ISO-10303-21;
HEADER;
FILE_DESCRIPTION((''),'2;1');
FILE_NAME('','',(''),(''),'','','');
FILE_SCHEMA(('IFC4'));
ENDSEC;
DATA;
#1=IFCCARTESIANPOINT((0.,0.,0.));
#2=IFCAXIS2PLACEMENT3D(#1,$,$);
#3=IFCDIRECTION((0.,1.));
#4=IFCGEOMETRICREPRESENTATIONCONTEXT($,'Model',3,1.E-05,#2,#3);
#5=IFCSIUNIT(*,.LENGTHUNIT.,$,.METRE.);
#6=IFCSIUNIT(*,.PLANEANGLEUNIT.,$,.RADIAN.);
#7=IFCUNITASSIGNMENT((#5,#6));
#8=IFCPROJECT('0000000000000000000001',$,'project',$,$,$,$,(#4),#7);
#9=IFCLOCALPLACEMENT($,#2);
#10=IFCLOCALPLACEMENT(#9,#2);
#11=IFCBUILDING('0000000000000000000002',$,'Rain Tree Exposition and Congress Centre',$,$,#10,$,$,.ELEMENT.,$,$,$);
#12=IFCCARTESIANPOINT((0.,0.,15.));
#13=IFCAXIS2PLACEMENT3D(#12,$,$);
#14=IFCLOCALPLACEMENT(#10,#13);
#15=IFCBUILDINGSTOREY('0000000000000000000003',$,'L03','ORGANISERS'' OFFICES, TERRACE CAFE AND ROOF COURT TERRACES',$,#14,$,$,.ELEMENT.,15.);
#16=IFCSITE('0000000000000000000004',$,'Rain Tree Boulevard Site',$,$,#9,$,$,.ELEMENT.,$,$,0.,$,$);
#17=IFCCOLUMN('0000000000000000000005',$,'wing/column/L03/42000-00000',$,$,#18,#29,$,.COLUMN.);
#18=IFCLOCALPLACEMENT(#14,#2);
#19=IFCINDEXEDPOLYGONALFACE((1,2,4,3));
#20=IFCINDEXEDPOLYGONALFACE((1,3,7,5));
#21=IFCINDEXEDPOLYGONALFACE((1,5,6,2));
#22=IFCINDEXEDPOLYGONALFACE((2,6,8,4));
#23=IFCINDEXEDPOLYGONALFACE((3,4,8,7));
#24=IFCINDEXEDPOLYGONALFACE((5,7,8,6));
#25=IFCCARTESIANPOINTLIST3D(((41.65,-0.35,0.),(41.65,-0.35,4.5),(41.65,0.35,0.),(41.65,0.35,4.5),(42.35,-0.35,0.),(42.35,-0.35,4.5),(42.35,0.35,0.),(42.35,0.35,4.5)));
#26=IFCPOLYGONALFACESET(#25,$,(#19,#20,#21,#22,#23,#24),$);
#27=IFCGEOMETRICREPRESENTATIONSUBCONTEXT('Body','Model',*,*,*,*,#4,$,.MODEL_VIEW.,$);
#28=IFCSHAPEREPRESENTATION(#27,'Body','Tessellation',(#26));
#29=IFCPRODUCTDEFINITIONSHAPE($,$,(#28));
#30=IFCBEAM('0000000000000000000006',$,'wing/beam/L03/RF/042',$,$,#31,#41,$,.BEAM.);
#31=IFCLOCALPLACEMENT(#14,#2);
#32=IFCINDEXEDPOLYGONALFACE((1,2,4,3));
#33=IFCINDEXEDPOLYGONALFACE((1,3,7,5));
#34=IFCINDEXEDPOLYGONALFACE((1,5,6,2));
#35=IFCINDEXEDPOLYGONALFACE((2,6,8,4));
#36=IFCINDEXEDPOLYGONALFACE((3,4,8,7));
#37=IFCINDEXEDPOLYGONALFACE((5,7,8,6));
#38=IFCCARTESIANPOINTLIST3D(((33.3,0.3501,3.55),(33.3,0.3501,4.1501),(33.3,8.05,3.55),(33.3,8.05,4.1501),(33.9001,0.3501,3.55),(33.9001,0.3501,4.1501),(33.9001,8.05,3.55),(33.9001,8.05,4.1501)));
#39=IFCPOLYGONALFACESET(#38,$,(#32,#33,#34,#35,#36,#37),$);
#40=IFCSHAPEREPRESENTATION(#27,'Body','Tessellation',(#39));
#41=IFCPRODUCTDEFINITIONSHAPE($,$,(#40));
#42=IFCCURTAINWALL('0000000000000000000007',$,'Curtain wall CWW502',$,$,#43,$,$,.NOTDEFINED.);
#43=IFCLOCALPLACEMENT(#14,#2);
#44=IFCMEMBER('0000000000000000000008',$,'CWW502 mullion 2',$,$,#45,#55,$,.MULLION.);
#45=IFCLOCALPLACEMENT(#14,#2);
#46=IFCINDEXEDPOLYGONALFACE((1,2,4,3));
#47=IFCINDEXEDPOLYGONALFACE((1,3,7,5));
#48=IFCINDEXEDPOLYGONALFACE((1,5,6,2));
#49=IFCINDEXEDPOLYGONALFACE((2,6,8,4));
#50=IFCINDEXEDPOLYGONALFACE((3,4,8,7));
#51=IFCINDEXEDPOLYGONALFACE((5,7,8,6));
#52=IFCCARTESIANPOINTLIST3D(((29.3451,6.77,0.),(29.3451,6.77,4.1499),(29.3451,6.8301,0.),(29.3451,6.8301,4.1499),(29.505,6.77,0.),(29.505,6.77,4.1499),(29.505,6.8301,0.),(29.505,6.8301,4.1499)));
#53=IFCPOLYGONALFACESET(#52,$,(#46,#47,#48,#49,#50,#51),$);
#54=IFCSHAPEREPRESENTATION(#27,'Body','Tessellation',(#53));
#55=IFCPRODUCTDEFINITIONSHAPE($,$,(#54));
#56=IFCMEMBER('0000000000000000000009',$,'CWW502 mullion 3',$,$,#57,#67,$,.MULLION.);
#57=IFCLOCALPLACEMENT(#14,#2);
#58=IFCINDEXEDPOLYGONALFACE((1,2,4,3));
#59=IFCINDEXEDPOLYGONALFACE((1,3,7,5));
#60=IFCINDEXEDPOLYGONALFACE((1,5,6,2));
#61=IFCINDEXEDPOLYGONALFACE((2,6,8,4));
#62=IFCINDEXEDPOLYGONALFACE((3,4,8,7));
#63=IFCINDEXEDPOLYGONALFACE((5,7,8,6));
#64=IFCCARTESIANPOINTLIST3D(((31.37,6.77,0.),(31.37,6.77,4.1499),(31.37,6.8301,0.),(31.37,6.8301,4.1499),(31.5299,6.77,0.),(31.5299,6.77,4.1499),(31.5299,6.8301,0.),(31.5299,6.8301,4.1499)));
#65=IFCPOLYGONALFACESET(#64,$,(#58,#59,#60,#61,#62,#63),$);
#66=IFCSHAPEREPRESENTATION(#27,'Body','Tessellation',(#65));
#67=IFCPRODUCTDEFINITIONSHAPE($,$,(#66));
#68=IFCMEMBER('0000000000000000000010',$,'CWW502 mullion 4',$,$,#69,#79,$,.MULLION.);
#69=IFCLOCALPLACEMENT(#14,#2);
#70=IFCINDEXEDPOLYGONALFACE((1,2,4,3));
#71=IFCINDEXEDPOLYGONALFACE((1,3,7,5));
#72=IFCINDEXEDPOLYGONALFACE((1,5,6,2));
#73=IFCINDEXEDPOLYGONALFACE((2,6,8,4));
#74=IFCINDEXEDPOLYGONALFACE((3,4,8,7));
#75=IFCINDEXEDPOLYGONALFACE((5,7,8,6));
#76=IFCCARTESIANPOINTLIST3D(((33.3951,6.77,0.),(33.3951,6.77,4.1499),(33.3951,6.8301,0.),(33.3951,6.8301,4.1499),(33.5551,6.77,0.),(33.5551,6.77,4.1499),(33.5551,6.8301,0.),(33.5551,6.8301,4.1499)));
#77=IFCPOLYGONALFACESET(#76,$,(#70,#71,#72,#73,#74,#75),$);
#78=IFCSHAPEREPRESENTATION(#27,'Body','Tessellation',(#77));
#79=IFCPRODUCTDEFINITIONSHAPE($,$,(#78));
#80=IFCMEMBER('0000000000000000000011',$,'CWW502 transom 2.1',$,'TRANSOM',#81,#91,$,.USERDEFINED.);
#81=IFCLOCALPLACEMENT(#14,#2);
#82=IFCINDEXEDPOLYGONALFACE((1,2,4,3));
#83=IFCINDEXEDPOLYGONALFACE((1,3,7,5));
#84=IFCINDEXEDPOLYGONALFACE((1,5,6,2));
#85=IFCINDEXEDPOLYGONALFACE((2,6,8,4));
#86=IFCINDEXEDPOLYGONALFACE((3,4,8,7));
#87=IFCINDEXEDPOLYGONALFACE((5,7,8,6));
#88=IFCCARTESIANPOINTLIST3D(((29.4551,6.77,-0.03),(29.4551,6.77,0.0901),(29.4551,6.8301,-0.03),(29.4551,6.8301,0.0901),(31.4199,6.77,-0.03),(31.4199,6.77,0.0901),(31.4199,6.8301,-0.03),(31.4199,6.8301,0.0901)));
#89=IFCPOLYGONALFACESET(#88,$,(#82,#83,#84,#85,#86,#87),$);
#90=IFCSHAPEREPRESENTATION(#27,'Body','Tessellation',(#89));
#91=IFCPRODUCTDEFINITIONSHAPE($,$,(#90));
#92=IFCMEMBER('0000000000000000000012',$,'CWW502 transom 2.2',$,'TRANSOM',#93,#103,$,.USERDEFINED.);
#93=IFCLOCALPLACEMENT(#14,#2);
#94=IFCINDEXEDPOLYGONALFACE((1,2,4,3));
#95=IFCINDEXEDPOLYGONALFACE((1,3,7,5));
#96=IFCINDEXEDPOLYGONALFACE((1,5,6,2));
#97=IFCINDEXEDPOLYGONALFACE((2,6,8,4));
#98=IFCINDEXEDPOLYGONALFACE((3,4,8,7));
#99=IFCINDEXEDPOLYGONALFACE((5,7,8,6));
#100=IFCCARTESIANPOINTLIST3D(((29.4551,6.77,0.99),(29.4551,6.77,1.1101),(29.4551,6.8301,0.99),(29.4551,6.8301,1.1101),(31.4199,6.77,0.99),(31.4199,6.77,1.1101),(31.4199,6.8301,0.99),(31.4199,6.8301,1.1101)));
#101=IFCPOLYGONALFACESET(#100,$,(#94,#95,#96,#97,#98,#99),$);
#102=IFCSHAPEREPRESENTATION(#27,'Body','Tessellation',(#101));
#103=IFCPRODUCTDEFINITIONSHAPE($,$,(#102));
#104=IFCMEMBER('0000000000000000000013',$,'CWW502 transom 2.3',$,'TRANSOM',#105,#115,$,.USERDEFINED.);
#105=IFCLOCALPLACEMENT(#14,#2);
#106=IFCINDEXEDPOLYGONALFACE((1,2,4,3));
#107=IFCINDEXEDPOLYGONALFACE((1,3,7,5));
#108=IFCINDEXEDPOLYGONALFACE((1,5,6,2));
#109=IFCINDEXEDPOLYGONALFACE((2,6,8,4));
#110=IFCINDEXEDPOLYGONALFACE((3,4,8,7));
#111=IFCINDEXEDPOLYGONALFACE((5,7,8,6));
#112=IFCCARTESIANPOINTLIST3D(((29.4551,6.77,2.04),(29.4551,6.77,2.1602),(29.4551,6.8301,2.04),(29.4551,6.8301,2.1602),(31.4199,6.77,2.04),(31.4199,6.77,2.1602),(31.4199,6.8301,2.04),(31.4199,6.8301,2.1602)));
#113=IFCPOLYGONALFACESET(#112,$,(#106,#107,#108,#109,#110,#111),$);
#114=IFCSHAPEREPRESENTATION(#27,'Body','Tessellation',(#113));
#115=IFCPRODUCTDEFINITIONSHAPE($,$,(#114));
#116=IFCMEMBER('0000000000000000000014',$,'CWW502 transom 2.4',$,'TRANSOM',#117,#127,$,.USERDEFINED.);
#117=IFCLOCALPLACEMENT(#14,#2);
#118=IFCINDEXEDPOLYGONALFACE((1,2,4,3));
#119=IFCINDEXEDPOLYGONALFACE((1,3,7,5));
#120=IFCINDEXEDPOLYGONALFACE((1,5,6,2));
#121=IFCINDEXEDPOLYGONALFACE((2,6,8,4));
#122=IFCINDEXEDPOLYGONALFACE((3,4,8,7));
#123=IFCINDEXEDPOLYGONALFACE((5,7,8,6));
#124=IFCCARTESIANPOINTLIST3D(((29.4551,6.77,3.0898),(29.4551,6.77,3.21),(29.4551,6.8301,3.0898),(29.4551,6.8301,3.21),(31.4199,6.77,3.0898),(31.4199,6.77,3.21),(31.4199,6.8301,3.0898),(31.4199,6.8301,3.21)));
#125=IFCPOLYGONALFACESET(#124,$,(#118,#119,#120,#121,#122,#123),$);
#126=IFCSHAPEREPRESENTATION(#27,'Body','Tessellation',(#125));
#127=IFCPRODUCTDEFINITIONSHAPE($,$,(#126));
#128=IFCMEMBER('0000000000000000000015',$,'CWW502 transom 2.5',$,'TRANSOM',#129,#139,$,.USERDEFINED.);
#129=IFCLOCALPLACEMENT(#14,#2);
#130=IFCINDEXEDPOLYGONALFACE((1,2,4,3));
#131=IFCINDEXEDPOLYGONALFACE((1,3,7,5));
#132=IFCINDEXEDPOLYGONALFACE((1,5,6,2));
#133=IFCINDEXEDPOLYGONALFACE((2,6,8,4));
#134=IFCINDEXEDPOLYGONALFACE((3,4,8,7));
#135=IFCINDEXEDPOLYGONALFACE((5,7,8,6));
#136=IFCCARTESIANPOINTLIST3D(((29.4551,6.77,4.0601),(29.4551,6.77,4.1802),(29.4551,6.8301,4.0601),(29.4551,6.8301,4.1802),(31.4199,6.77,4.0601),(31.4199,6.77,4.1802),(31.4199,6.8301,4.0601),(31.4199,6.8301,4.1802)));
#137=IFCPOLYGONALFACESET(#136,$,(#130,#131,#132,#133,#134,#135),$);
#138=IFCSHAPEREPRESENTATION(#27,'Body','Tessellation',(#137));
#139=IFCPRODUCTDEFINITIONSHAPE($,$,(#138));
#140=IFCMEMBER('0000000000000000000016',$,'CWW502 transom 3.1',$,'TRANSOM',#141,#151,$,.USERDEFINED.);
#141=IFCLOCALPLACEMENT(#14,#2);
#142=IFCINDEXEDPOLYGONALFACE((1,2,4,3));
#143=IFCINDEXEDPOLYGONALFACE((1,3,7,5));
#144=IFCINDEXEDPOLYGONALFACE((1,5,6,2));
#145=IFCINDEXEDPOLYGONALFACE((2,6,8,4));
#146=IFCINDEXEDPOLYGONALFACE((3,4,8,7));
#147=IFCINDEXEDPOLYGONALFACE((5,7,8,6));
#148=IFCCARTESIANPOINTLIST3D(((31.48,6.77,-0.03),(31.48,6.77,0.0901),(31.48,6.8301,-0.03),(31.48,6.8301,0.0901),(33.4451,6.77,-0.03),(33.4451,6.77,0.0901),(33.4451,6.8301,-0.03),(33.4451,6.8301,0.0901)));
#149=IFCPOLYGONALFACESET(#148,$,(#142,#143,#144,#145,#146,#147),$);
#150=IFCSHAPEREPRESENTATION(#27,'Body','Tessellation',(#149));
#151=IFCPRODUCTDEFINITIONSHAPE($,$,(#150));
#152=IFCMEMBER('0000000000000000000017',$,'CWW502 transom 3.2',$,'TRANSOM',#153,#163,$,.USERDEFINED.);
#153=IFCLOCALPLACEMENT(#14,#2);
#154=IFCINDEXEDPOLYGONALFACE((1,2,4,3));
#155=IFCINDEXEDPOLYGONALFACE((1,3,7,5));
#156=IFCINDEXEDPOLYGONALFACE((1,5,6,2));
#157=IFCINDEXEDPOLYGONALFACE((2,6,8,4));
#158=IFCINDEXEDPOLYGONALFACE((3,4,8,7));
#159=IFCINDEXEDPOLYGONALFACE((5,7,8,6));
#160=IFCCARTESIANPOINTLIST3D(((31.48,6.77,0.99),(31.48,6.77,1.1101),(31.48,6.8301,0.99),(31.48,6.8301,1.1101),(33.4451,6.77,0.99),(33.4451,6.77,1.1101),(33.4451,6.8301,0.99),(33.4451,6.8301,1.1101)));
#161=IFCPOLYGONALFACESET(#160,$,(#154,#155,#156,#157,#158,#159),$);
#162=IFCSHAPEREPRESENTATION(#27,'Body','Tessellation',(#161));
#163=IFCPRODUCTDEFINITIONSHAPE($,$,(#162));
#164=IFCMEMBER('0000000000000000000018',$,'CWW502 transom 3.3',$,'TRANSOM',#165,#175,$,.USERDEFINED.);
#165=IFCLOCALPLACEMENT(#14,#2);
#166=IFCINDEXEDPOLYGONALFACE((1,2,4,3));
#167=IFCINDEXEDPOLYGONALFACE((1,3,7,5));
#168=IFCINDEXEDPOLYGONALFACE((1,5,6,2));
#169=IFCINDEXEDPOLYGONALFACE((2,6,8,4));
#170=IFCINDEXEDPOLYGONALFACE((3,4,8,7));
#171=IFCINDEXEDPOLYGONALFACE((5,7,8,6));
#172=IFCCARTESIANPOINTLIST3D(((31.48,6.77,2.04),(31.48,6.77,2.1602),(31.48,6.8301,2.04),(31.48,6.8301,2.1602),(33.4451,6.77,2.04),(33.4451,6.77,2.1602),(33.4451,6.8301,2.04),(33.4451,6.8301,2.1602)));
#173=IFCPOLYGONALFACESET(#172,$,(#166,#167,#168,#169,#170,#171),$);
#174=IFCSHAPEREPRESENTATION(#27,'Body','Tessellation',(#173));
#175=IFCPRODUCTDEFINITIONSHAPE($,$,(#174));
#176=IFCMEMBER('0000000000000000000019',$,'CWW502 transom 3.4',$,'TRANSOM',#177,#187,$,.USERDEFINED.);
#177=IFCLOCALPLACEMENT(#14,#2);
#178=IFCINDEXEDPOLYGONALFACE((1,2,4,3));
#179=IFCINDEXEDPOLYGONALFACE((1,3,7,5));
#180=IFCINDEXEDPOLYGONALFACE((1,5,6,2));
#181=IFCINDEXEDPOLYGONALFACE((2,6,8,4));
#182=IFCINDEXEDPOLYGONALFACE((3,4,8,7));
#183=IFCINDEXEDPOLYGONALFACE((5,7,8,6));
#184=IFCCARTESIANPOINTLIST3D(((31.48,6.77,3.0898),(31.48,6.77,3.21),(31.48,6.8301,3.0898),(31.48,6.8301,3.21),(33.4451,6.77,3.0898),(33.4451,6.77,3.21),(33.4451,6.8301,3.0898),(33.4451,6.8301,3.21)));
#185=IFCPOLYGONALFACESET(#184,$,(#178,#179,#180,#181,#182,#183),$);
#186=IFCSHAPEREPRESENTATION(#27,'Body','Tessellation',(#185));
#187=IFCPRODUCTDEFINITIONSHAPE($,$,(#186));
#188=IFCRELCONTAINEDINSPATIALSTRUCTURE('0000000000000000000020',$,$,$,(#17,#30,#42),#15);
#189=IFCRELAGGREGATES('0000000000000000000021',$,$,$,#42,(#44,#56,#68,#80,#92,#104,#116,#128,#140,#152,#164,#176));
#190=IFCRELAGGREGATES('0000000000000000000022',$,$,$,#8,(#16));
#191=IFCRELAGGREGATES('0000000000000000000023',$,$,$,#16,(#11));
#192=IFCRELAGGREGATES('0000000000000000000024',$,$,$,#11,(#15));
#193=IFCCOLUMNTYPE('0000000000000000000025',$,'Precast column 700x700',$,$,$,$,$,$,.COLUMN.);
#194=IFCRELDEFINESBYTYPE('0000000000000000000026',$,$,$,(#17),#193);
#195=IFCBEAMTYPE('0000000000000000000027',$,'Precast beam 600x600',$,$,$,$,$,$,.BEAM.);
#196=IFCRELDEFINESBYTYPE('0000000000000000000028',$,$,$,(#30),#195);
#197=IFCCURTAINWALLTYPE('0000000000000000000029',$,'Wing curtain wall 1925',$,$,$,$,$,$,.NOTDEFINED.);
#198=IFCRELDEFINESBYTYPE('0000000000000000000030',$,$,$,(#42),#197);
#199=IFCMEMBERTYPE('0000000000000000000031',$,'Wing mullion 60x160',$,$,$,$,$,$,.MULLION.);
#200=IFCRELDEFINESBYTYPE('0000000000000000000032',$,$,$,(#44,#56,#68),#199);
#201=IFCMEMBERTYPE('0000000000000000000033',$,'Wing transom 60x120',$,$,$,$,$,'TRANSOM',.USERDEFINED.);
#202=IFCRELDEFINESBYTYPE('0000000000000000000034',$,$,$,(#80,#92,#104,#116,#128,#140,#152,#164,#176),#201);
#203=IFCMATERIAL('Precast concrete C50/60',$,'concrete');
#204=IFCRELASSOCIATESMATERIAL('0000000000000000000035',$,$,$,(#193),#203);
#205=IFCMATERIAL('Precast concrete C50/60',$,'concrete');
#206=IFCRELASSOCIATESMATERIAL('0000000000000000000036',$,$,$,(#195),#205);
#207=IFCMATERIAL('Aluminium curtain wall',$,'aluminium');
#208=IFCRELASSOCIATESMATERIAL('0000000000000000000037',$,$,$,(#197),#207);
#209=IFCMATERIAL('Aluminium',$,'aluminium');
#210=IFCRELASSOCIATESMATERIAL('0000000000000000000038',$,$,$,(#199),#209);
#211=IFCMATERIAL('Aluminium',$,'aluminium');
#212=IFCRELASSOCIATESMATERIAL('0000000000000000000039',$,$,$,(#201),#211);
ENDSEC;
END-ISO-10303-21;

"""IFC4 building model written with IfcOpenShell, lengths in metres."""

from ifc_helpers import new_model, si_unit, direction, frame, origin, origin_2d, place, context, subcontext, project, spatial, rectangle, extrude, material, material_profile, profile_set, type_object, element, aggregate, save


model = new_model("IFC4")

# Units and contexts
model_context = context("Model", 3, precision=1e-05, world=origin(), true_north=direction((0.0, 1.0)))
body_context = subcontext(model_context, "Body", "Model", "MODEL_VIEW")
ifc_project = project(units=[si_unit("LENGTHUNIT", "METRE"), si_unit("PLANEANGLEUNIT", "RADIAN")], contexts=[model_context])

# Site, building, storey
site_placement = place(None, origin())
site = spatial("IfcSite", under=ifc_project, at=site_placement, Name="Rain Tree Boulevard Site", CompositionType="ELEMENT", RefElevation=0.0)
building_placement = place(site_placement, origin())
building = spatial("IfcBuilding", under=site, at=building_placement, Name="Rain Tree Exposition and Congress Centre", CompositionType="ELEMENT")
storey_placement = place(building_placement, frame((0.0, 0.0, 15.0)))
storey = spatial("IfcBuildingStorey", under=building, at=storey_placement, Name="L03", Description="ORGANISERS' OFFICES, TERRACE CAFE AND ROOF COURT TERRACES", CompositionType="ELEMENT", Elevation=15.0)

# Column
ifc_material_1 = material(Name="Precast concrete C50/60", Category="concrete")
ifc_material_profile_1 = material_profile(ifc_material_1, rectangle(XDim=0.7, YDim=0.7, at=origin_2d()), Name="RC 700x700")
ifc_profile_set_1 = profile_set([ifc_material_profile_1], Name="Precast concrete C50/60")
column_type = type_object("IfcColumnType", Name="Precast column 700x700", PredefinedType="COLUMN", material=ifc_profile_set_1)
column_placement = place(storey_placement, frame((42.0, 0.0, 0.0), z_axis=(0.0, 0.0, 1.0), x_axis=(1.0, 0.0, 0.0)))
element("IfcColumn", 1, at=column_placement, inside=storey, type_object=column_type, Name="wing/column/L03/42000-00000", PredefinedType="COLUMN", context=body_context, shape_type="SweptSolid", body=[
    extrude(rectangle(XDim=0.7, YDim=0.7, at=origin_2d()), origin(), (0.0, 0.0, 1.0), 4.5),
])

# Beam
ifc_material_2 = material(Name="Precast concrete C50/60", Category="concrete")
ifc_material_profile_2 = material_profile(ifc_material_2, rectangle(XDim=0.6001, YDim=0.6001, at=origin_2d()), Name="RC 600x600")
ifc_profile_set_2 = profile_set([ifc_material_profile_2], Name="Precast concrete C50/60")
beam_type = type_object("IfcBeamType", Name="Precast beam 600x600", PredefinedType="BEAM", material=ifc_profile_set_2)
beam_placement = place(storey_placement, frame((33.6001, 0.3501, 3.8501), z_axis=(0.0, 1.0, 0.0), x_axis=(-1.0, 0.0, 0.0)))
element("IfcBeam", 2, at=beam_placement, inside=storey, type_object=beam_type, Name="wing/beam/L03/RF/042", PredefinedType="BEAM", context=body_context, shape_type="SweptSolid", body=[
    extrude(rectangle(XDim=0.6001, YDim=0.6001, at=origin_2d()), origin(), (0.0, 0.0, 1.0), 7.7),
])

# Curtain wall, members
ifc_material_3 = material(Name="Aluminium curtain wall", Category="aluminium")
curtain_wall_type = type_object("IfcCurtainWallType", Name="Wing curtain wall 1925", PredefinedType="NOTDEFINED", material=ifc_material_3)
curtain_wall_placement = place(storey_placement, origin())
curtain_wall = element("IfcCurtainWall", 3, at=curtain_wall_placement, inside=storey, type_object=curtain_wall_type, Name="Curtain wall CWW502", PredefinedType="NOTDEFINED")
ifc_material_4 = material(Name="Aluminium", Category="aluminium")
ifc_material_profile_3 = material_profile(ifc_material_4, rectangle(XDim=0.0601, YDim=0.1599, at=origin_2d()), Name="Aluminium 60x160")
ifc_profile_set_3 = profile_set([ifc_material_profile_3], Name="Aluminium")
member_type_1 = type_object("IfcMemberType", Name="Wing mullion 60x160", PredefinedType="MULLION", material=ifc_profile_set_3)
member_1_placement = place(storey_placement, frame((29.425, 6.8, 0.0), z_axis=(0.0, 0.0, 1.0), x_axis=(0.0, 1.0, 0.0)))
member_1 = element("IfcMember", 4, at=member_1_placement, type_object=member_type_1, Name="CWW502 mullion 2", PredefinedType="MULLION", context=body_context, shape_type="SweptSolid", body=[
    extrude(rectangle(XDim=0.0601, YDim=0.1599, at=origin_2d()), origin(), (0.0, 0.0, 1.0), 4.1499),
])
member_2_placement = place(storey_placement, frame((31.45, 6.8, 0.0), z_axis=(0.0, 0.0, 1.0), x_axis=(0.0, 1.0, 0.0)))
member_2 = element("IfcMember", 5, at=member_2_placement, type_object=member_type_1, Name="CWW502 mullion 3", PredefinedType="MULLION", context=body_context, shape_type="SweptSolid", body=[
    extrude(rectangle(XDim=0.0601, YDim=0.1599, at=origin_2d()), origin(), (0.0, 0.0, 1.0), 4.1499),
])
member_3_placement = place(storey_placement, frame((33.4751, 6.8, 0.0), z_axis=(0.0, 0.0, 1.0), x_axis=(0.0, 1.0, 0.0)))
member_3 = element("IfcMember", 6, at=member_3_placement, type_object=member_type_1, Name="CWW502 mullion 4", PredefinedType="MULLION", context=body_context, shape_type="SweptSolid", body=[
    extrude(rectangle(XDim=0.0601, YDim=0.1599, at=origin_2d()), origin(), (0.0, 0.0, 1.0), 4.1499),
])
ifc_material_5 = material(Name="Aluminium", Category="aluminium")
ifc_material_profile_4 = material_profile(ifc_material_5, rectangle(XDim=0.0601, YDim=0.1201, at=origin_2d()), Name="Aluminium 60x120")
ifc_profile_set_4 = profile_set([ifc_material_profile_4], Name="Aluminium")
member_type_2 = type_object("IfcMemberType", Name="Wing transom 60x120", ElementType="TRANSOM", PredefinedType="USERDEFINED", material=ifc_profile_set_4)
member_4_placement = place(storey_placement, frame((29.4551, 6.8, 0.03), z_axis=(1.0, 0.0, 0.0), x_axis=(0.0, 1.0, 0.0)))
member_4 = element("IfcMember", 7, at=member_4_placement, type_object=member_type_2, Name="CWW502 transom 2.1", ObjectType="TRANSOM", PredefinedType="USERDEFINED", context=body_context, shape_type="SweptSolid", body=[
    extrude(rectangle(XDim=0.0601, YDim=0.1201, at=origin_2d()), origin(), (0.0, 0.0, 1.0), 1.9648),
])
member_5_placement = place(storey_placement, frame((29.4551, 6.8, 1.05), z_axis=(1.0, 0.0, 0.0), x_axis=(0.0, 1.0, 0.0)))
member_5 = element("IfcMember", 8, at=member_5_placement, type_object=member_type_2, Name="CWW502 transom 2.2", ObjectType="TRANSOM", PredefinedType="USERDEFINED", context=body_context, shape_type="SweptSolid", body=[
    extrude(rectangle(XDim=0.0601, YDim=0.1201, at=origin_2d()), origin(), (0.0, 0.0, 1.0), 1.9648),
])
member_6_placement = place(storey_placement, frame((29.4551, 6.8, 2.1001), z_axis=(1.0, 0.0, 0.0), x_axis=(0.0, 1.0, 0.0)))
member_6 = element("IfcMember", 9, at=member_6_placement, type_object=member_type_2, Name="CWW502 transom 2.3", ObjectType="TRANSOM", PredefinedType="USERDEFINED", context=body_context, shape_type="SweptSolid", body=[
    extrude(rectangle(XDim=0.0601, YDim=0.1201, at=origin_2d()), origin(), (0.0, 0.0, 1.0), 1.9648),
])
member_7_placement = place(storey_placement, frame((29.4551, 6.8, 3.1499), z_axis=(1.0, 0.0, 0.0), x_axis=(0.0, 1.0, 0.0)))
member_7 = element("IfcMember", 10, at=member_7_placement, type_object=member_type_2, Name="CWW502 transom 2.4", ObjectType="TRANSOM", PredefinedType="USERDEFINED", context=body_context, shape_type="SweptSolid", body=[
    extrude(rectangle(XDim=0.0601, YDim=0.1201, at=origin_2d()), origin(), (0.0, 0.0, 1.0), 1.9648),
])
member_8_placement = place(storey_placement, frame((29.4551, 6.8, 4.1201), z_axis=(1.0, 0.0, 0.0), x_axis=(0.0, 1.0, 0.0)))
member_8 = element("IfcMember", 11, at=member_8_placement, type_object=member_type_2, Name="CWW502 transom 2.5", ObjectType="TRANSOM", PredefinedType="USERDEFINED", context=body_context, shape_type="SweptSolid", body=[
    extrude(rectangle(XDim=0.0601, YDim=0.1201, at=origin_2d()), origin(), (0.0, 0.0, 1.0), 1.9648),
])
member_9_placement = place(storey_placement, frame((31.48, 6.8, 0.03), z_axis=(1.0, 0.0, 0.0), x_axis=(0.0, 1.0, 0.0)))
member_9 = element("IfcMember", 12, at=member_9_placement, type_object=member_type_2, Name="CWW502 transom 3.1", ObjectType="TRANSOM", PredefinedType="USERDEFINED", context=body_context, shape_type="SweptSolid", body=[
    extrude(rectangle(XDim=0.0601, YDim=0.1201, at=origin_2d()), origin(), (0.0, 0.0, 1.0), 1.9651),
])
member_10_placement = place(storey_placement, frame((31.48, 6.8, 1.05), z_axis=(1.0, 0.0, 0.0), x_axis=(0.0, 1.0, 0.0)))
member_10 = element("IfcMember", 13, at=member_10_placement, type_object=member_type_2, Name="CWW502 transom 3.2", ObjectType="TRANSOM", PredefinedType="USERDEFINED", context=body_context, shape_type="SweptSolid", body=[
    extrude(rectangle(XDim=0.0601, YDim=0.1201, at=origin_2d()), origin(), (0.0, 0.0, 1.0), 1.9651),
])
member_11_placement = place(storey_placement, frame((31.48, 6.8, 2.1001), z_axis=(1.0, 0.0, 0.0), x_axis=(0.0, 1.0, 0.0)))
member_11 = element("IfcMember", 14, at=member_11_placement, type_object=member_type_2, Name="CWW502 transom 3.3", ObjectType="TRANSOM", PredefinedType="USERDEFINED", context=body_context, shape_type="SweptSolid", body=[
    extrude(rectangle(XDim=0.0601, YDim=0.1201, at=origin_2d()), origin(), (0.0, 0.0, 1.0), 1.9651),
])
member_12_placement = place(storey_placement, frame((31.48, 6.8, 3.1499), z_axis=(1.0, 0.0, 0.0), x_axis=(0.0, 1.0, 0.0)))
member_12 = element("IfcMember", 15, at=member_12_placement, type_object=member_type_2, Name="CWW502 transom 3.4", ObjectType="TRANSOM", PredefinedType="USERDEFINED", context=body_context, shape_type="SweptSolid", body=[
    extrude(rectangle(XDim=0.0601, YDim=0.1201, at=origin_2d()), origin(), (0.0, 0.0, 1.0), 1.9651),
])
aggregate(curtain_wall, [member_1, member_2, member_3, member_4, member_5, member_6, member_7, member_8, member_9, member_10, member_11, member_12])

save(model, "model.ifc")
